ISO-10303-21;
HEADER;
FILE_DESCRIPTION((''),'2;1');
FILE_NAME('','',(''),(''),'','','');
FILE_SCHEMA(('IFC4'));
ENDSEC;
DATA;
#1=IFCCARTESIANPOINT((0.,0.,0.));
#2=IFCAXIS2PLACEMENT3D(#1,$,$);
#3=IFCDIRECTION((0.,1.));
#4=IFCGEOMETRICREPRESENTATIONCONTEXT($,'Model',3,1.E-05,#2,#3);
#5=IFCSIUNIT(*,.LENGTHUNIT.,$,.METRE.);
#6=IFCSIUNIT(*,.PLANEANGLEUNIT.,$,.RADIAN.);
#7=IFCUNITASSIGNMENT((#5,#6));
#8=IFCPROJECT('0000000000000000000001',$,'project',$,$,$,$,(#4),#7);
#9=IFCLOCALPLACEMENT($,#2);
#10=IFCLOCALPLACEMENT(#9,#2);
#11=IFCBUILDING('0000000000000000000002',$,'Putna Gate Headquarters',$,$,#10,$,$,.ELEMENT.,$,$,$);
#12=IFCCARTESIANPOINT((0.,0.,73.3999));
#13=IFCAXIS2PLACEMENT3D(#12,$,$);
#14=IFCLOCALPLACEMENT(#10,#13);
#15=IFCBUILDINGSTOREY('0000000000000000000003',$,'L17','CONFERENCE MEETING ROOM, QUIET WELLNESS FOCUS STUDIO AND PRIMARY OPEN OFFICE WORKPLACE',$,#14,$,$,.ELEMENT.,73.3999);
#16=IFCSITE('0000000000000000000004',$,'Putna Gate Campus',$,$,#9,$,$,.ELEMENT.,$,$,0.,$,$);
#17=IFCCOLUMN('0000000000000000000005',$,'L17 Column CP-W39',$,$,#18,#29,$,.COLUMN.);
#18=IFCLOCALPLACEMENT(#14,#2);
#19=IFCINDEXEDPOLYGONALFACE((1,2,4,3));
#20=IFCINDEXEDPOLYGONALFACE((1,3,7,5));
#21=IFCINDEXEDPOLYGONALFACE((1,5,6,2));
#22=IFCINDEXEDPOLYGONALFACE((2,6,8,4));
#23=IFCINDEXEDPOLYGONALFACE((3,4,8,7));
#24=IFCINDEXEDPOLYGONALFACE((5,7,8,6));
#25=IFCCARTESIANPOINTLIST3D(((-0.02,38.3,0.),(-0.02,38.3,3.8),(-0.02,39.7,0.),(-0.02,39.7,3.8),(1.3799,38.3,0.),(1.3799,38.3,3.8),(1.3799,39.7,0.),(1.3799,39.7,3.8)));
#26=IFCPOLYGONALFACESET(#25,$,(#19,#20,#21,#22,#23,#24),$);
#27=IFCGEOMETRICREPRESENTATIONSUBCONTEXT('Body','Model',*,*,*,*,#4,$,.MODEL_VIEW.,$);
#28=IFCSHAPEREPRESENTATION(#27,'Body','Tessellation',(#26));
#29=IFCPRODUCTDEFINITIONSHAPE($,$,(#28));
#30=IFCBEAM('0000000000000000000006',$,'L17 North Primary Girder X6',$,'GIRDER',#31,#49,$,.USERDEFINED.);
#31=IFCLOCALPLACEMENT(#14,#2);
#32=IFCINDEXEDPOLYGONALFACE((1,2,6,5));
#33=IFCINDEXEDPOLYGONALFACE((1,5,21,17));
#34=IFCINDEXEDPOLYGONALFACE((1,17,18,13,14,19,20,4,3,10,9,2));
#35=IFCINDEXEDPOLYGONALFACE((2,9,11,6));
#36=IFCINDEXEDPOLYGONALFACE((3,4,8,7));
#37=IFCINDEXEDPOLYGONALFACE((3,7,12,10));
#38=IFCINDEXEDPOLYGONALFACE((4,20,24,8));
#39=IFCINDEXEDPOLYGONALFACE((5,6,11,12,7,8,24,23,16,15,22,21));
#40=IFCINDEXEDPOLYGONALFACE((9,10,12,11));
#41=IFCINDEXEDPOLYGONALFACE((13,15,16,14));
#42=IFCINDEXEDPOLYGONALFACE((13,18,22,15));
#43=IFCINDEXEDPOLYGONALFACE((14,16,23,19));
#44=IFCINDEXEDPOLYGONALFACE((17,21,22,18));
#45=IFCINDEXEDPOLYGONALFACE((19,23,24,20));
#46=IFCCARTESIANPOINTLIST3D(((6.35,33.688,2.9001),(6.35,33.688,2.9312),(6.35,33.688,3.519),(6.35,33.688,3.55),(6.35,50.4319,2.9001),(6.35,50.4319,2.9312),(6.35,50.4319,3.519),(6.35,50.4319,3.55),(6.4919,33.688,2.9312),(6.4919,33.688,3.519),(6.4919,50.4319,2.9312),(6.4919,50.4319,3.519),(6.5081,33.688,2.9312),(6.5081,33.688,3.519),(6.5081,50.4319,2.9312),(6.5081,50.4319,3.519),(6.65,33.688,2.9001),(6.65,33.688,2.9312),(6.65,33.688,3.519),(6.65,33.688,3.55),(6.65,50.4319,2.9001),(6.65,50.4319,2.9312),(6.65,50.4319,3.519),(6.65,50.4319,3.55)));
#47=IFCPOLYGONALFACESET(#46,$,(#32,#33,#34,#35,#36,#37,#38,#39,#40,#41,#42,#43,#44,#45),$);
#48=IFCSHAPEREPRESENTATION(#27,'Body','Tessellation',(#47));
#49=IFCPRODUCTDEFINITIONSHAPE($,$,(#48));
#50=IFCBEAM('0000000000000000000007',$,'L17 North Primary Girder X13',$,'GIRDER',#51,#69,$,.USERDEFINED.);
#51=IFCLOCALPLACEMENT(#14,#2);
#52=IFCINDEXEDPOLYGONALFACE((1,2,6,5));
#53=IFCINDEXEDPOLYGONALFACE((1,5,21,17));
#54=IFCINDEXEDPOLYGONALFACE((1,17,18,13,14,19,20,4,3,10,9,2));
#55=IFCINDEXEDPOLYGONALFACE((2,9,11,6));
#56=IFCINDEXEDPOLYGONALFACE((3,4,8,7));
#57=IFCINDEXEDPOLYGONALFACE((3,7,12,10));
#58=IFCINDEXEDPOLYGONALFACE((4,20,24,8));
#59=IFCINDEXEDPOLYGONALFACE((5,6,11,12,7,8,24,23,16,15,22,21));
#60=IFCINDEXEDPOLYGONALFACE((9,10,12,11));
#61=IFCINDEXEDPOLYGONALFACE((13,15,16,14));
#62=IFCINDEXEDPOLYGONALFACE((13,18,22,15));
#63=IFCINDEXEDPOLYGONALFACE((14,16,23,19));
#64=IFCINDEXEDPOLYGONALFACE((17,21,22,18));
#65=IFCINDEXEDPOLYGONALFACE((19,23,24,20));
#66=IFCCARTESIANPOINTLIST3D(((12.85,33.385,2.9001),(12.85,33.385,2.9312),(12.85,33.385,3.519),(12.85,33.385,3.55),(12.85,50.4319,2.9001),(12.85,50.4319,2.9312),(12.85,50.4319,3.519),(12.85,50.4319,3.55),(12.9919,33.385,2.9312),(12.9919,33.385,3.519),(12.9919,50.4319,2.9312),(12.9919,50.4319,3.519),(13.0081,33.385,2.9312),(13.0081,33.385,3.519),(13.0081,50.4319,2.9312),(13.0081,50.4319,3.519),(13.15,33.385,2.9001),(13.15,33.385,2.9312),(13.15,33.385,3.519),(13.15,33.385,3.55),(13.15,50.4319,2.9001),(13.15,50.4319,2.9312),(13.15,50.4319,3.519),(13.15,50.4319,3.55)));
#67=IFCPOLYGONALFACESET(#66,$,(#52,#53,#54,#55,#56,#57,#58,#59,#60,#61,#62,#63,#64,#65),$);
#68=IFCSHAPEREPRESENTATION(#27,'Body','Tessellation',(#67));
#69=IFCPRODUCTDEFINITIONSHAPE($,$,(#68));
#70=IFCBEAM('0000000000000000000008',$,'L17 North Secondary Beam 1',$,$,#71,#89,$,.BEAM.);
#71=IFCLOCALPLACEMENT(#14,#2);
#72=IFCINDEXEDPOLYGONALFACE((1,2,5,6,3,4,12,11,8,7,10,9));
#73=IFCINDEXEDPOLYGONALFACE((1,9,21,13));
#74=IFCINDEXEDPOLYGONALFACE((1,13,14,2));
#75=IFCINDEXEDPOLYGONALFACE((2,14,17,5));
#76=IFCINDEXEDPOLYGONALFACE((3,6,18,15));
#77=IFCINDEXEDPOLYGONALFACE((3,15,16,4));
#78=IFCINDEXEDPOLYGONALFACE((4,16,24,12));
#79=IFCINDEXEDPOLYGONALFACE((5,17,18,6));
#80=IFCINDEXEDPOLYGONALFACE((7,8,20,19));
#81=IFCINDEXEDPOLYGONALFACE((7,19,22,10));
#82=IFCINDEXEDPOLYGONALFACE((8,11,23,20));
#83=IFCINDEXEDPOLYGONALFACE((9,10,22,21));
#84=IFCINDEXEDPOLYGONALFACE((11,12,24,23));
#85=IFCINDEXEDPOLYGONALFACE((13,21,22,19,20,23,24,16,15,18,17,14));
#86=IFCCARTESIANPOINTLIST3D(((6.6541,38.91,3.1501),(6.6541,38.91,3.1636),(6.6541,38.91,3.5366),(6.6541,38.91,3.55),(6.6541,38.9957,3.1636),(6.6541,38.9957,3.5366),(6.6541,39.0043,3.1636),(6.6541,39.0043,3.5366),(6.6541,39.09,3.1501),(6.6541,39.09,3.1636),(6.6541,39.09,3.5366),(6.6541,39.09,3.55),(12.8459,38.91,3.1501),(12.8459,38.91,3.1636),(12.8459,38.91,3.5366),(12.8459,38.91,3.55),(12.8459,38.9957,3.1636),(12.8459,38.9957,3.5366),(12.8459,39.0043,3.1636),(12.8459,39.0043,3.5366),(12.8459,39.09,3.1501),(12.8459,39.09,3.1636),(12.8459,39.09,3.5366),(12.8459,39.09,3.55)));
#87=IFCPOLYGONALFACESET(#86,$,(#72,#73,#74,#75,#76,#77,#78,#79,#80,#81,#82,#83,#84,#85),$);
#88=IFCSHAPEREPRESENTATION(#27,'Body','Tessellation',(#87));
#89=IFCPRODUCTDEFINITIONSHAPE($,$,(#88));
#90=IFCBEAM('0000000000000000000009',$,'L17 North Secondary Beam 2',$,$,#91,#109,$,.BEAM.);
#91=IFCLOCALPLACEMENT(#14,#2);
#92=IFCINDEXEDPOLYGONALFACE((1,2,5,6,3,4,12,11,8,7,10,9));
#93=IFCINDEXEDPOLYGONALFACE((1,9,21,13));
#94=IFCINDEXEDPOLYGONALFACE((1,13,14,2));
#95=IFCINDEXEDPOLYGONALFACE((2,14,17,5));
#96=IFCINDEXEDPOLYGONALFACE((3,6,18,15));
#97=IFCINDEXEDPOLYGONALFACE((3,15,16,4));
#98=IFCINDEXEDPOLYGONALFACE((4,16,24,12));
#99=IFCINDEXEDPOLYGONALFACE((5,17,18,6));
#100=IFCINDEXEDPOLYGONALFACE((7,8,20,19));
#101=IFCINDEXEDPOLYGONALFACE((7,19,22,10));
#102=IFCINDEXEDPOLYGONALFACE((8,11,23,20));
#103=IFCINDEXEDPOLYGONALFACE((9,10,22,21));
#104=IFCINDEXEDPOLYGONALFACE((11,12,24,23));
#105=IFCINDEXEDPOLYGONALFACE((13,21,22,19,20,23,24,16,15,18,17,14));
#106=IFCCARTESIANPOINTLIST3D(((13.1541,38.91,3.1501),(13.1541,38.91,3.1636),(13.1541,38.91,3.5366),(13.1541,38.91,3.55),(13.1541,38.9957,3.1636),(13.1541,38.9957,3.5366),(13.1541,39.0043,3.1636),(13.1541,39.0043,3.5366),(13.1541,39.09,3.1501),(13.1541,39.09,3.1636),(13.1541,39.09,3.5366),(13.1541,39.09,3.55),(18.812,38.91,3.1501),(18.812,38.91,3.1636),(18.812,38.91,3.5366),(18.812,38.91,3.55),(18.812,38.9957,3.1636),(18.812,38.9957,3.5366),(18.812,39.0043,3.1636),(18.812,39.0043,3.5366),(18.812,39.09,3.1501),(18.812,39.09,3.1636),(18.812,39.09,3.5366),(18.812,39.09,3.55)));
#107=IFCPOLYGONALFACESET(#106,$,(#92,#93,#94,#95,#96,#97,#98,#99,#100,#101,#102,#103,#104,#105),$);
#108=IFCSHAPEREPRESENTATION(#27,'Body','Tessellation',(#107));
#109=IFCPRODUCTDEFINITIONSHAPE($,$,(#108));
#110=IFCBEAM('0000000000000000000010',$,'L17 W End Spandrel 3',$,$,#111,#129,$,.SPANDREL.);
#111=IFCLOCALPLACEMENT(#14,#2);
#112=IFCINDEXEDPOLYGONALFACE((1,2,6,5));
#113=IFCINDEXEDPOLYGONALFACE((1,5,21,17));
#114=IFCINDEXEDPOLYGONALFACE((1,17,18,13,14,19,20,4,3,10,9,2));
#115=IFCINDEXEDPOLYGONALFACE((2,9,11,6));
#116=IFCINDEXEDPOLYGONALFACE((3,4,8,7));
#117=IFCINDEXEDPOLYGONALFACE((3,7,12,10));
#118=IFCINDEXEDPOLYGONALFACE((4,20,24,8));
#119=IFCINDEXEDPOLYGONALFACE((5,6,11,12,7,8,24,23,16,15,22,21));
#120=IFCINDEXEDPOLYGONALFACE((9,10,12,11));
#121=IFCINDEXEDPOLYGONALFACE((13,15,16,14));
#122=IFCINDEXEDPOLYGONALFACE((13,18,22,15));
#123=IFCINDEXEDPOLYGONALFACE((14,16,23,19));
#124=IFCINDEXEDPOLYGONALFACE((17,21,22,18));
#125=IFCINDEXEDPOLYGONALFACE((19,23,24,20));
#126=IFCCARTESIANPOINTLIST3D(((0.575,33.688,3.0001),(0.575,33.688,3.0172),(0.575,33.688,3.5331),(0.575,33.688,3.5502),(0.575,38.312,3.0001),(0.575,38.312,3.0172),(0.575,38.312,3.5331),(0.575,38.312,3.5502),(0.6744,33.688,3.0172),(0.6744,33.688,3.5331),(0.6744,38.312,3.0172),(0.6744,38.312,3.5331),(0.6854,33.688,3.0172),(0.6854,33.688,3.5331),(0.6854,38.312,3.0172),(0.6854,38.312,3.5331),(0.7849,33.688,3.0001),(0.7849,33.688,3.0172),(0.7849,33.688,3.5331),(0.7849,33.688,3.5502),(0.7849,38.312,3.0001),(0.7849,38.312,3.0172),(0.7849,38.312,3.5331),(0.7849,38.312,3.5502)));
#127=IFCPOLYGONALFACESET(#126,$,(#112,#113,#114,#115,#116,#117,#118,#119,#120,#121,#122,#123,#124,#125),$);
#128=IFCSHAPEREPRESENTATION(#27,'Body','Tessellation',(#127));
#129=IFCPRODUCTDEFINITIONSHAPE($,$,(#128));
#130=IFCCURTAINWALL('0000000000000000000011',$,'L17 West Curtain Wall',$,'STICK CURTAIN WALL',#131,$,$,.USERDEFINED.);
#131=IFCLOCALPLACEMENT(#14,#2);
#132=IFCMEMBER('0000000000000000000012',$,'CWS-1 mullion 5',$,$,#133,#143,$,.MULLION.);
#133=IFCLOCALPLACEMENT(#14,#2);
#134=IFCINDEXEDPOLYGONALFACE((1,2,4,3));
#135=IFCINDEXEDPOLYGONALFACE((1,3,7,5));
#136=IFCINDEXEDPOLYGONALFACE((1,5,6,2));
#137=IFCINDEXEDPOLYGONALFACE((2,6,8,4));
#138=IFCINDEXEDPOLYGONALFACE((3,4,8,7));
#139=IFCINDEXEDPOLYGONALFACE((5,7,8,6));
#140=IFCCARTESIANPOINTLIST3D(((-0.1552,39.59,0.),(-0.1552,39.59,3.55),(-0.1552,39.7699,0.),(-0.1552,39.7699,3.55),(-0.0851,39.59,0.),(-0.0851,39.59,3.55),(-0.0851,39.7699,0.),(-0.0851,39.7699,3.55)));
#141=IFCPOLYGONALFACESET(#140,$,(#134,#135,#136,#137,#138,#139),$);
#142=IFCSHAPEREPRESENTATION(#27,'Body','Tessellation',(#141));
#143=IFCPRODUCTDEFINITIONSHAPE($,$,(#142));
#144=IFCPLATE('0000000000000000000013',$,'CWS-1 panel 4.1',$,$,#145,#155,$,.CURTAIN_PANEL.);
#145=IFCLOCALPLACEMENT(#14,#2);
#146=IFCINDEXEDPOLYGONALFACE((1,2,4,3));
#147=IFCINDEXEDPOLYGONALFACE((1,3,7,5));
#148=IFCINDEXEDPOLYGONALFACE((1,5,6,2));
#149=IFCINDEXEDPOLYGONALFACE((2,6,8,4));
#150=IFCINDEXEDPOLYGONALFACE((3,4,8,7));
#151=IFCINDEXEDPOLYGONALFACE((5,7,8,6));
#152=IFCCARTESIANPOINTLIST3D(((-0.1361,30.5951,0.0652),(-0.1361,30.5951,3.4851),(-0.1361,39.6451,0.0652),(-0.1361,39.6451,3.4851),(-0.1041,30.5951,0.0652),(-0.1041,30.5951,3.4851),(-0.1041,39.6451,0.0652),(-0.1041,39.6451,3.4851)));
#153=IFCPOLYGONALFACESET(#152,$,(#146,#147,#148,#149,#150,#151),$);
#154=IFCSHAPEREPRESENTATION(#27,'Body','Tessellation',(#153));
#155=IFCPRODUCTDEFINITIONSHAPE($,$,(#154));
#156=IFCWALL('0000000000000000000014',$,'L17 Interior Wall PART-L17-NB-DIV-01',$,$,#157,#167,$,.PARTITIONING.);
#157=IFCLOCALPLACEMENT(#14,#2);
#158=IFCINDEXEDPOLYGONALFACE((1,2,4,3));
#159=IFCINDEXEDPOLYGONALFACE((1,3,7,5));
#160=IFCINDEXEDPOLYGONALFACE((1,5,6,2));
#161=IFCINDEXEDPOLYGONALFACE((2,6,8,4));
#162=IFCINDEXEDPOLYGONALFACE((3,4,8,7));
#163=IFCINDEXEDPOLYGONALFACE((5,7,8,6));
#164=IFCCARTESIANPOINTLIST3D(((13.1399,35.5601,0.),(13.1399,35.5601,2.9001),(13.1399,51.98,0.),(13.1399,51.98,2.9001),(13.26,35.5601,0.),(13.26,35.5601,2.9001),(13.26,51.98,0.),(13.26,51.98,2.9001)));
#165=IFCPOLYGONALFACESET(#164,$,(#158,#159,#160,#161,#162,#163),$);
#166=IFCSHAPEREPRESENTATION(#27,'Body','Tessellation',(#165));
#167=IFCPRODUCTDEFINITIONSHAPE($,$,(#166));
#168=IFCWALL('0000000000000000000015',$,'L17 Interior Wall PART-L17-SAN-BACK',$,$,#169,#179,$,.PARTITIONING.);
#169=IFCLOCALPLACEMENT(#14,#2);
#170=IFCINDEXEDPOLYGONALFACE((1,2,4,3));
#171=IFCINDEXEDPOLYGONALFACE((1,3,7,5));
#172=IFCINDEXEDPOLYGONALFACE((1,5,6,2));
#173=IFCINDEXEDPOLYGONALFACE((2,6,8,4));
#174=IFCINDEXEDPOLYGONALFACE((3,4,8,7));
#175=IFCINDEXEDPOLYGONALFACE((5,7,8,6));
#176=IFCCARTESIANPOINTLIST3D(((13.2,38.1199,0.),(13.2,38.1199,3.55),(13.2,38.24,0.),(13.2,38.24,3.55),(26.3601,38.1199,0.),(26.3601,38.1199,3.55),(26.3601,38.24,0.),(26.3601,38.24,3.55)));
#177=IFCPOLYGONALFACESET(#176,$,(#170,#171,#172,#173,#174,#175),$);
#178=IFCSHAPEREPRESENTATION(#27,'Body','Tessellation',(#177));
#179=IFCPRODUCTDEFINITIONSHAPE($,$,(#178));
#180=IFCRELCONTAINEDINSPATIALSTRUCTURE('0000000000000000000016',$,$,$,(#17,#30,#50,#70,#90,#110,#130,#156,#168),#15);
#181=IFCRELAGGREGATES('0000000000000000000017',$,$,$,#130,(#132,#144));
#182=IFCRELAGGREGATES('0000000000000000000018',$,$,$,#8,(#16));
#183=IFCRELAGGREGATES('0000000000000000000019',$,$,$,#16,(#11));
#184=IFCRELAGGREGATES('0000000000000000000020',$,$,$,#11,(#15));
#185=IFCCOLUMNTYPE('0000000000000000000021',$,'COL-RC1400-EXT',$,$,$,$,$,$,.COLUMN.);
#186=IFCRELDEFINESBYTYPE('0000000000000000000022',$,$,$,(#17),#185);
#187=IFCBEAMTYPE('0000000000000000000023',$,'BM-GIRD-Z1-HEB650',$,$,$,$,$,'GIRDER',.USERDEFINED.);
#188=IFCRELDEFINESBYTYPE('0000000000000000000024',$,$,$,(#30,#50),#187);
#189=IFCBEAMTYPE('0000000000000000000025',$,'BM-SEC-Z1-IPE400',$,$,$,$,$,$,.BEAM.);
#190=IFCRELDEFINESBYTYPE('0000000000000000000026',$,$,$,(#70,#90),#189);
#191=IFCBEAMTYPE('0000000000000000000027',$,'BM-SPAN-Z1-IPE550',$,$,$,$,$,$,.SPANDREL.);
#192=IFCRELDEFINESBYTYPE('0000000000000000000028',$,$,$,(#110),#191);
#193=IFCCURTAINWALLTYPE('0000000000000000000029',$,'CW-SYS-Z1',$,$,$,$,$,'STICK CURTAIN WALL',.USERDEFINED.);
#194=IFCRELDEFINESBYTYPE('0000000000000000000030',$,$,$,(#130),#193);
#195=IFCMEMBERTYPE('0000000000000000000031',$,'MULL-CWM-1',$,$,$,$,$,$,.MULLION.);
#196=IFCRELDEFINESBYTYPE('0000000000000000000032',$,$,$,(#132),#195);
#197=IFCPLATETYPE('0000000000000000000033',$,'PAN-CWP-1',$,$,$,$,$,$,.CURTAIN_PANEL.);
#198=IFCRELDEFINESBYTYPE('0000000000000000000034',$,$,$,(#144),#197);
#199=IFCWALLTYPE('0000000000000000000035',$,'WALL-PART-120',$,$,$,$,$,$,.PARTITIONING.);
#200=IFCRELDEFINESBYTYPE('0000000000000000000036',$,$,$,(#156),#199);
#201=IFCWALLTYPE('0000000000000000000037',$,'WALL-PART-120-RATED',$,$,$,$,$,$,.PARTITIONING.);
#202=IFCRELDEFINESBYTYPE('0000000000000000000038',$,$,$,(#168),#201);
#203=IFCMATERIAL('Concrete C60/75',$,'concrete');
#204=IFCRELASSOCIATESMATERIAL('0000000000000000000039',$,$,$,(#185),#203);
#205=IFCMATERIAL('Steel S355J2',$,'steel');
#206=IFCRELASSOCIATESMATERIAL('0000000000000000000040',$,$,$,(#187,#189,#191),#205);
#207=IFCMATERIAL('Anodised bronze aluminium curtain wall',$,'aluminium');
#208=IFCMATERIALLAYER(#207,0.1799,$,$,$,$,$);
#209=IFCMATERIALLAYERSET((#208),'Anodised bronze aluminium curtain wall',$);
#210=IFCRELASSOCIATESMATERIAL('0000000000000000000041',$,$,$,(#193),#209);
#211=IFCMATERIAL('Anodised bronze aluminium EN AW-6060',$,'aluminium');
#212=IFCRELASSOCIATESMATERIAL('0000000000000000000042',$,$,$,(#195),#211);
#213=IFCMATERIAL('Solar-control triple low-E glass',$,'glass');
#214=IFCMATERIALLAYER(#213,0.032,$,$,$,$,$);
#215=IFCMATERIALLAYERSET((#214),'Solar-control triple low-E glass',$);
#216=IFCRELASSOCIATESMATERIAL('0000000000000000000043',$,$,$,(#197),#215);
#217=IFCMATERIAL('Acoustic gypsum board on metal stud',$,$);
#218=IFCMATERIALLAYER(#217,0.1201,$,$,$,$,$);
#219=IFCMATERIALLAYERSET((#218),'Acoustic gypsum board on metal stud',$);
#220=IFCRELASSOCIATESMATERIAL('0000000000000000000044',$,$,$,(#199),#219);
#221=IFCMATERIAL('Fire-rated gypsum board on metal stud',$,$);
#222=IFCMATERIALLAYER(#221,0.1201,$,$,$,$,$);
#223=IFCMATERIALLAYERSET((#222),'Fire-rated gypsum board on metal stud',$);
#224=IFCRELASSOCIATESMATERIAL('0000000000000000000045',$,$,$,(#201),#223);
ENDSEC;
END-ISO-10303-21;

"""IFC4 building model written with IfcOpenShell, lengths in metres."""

from ifc_helpers import new_model, si_unit, direction, frame, frame_2d, origin, origin_2d, place, context, subcontext, project, spatial, rectangle, i_section, extrude, material, layer, layer_set, material_profile, profile_set, type_object, element, aggregate, save


model = new_model("IFC4")

# Units and contexts
model_context = context("Model", 3, precision=1e-05, world=origin(), true_north=direction((0.0, 1.0)))
body_context = subcontext(model_context, "Body", "Model", "MODEL_VIEW")
ifc_project = project(units=[si_unit("LENGTHUNIT", "METRE"), si_unit("PLANEANGLEUNIT", "RADIAN")], contexts=[model_context])

# Site, building, storey
site_placement = place(None, origin())
site = spatial("IfcSite", under=ifc_project, at=site_placement, Name="Putna Gate Campus", CompositionType="ELEMENT", RefElevation=0.0)
building_placement = place(site_placement, origin())
building = spatial("IfcBuilding", under=site, at=building_placement, Name="Putna Gate Headquarters", CompositionType="ELEMENT")
storey_placement = place(building_placement, frame((0.0, 0.0, 73.3999)))
storey = spatial("IfcBuildingStorey", under=building, at=storey_placement, Name="L17", Description="CONFERENCE MEETING ROOM, QUIET WELLNESS FOCUS STUDIO AND PRIMARY OPEN OFFICE WORKPLACE", CompositionType="ELEMENT", Elevation=73.3999)

# Column
ifc_material_1 = material(Name="Concrete C60/75", Category="concrete")
ifc_material_profile_1 = material_profile(ifc_material_1, rectangle(XDim=1.3999, YDim=1.3999, at=origin_2d()), Name="Concrete C60/75")
ifc_profile_set_1 = profile_set([ifc_material_profile_1], Name="Concrete C60/75")
column_type = type_object("IfcColumnType", Name="COL-RC1400-EXT", PredefinedType="COLUMN", material=ifc_profile_set_1)
column_placement = place(storey_placement, frame((0.6799, 39.0, 0.0), z_axis=(0.0, 0.0, 1.0), x_axis=(1.0, 0.0, 0.0)))
element("IfcColumn", 1, at=column_placement, inside=storey, type_object=column_type, Name="L17 Column CP-W39", PredefinedType="COLUMN", context=body_context, shape_type="SweptSolid", body=[
    extrude(rectangle(XDim=1.3999, YDim=1.3999, at=origin_2d()), origin(), (0.0, 0.0, 1.0), 3.8),
])

# Beams
ifc_material_2 = material(Name="Steel S355J2", Category="steel")
ifc_material_profile_2 = material_profile(ifc_material_2, i_section(OverallWidth=0.3, OverallDepth=0.6499, WebThickness=0.0161, FlangeThickness=0.031, at=origin_2d()), Name="Steel S355J2")
ifc_profile_set_2 = profile_set([ifc_material_profile_2], Name="Steel S355J2")
beam_type_1 = type_object("IfcBeamType", Name="BM-GIRD-Z1-HEB650", ElementType="GIRDER", PredefinedType="USERDEFINED", material=ifc_profile_set_2)
beam_1_placement = place(storey_placement, frame((6.5, 33.688, 3.2251), z_axis=(0.0, 1.0, 0.0), x_axis=(-1.0, 0.0, 0.0)))
element("IfcBeam", 2, at=beam_1_placement, inside=storey, type_object=beam_type_1, Name="L17 North Primary Girder X6", ObjectType="GIRDER", PredefinedType="USERDEFINED", context=body_context, shape_type="SweptSolid", body=[
    extrude(i_section(OverallWidth=0.3, OverallDepth=0.6499, WebThickness=0.0161, FlangeThickness=0.031, at=origin_2d()), origin(), (0.0, 0.0, 1.0), 16.7439),
])
beam_2_placement = place(storey_placement, frame((13.0, 33.385, 3.2251), z_axis=(0.0, 1.0, 0.0), x_axis=(-1.0, 0.0, 0.0)))
element("IfcBeam", 3, at=beam_2_placement, inside=storey, type_object=beam_type_1, Name="L17 North Primary Girder X13", ObjectType="GIRDER", PredefinedType="USERDEFINED", context=body_context, shape_type="SweptSolid", body=[
    extrude(i_section(OverallWidth=0.3, OverallDepth=0.6499, WebThickness=0.0161, FlangeThickness=0.031, at=origin_2d()), origin(), (0.0, 0.0, 1.0), 17.0469),
])
ifc_material_profile_3 = material_profile(ifc_material_2, i_section(OverallWidth=0.1799, OverallDepth=0.3999, WebThickness=0.0085, FlangeThickness=0.0134, at=origin_2d()), Name="Steel S355J2")
ifc_profile_set_3 = profile_set([ifc_material_profile_3], Name="Steel S355J2")
beam_type_2 = type_object("IfcBeamType", Name="BM-SEC-Z1-IPE400", PredefinedType="BEAM", material=ifc_profile_set_3)
beam_3_placement = place(storey_placement, frame((6.6541, 39.0, 3.3501), z_axis=(1.0, 0.0, 0.0), x_axis=(0.0, 1.0, 0.0)))
element("IfcBeam", 4, at=beam_3_placement, inside=storey, type_object=beam_type_2, Name="L17 North Secondary Beam 1", PredefinedType="BEAM", context=body_context, shape_type="SweptSolid", body=[
    extrude(i_section(OverallWidth=0.1799, OverallDepth=0.3999, WebThickness=0.0085, FlangeThickness=0.0134, at=origin_2d()), origin(), (0.0, 0.0, 1.0), 6.1919),
])
beam_4_placement = place(storey_placement, frame((13.1541, 39.0, 3.3501), z_axis=(1.0, 0.0, 0.0), x_axis=(0.0, 1.0, 0.0)))
element("IfcBeam", 5, at=beam_4_placement, inside=storey, type_object=beam_type_2, Name="L17 North Secondary Beam 2", PredefinedType="BEAM", context=body_context, shape_type="SweptSolid", body=[
    extrude(i_section(OverallWidth=0.1799, OverallDepth=0.3999, WebThickness=0.0085, FlangeThickness=0.0134, at=origin_2d()), origin(), (0.0, 0.0, 1.0), 5.658),
])
ifc_material_profile_4 = material_profile(ifc_material_2, i_section(OverallWidth=0.21, OverallDepth=0.55, WebThickness=0.011, FlangeThickness=0.0171, at=origin_2d()), Name="Steel S355J2")
ifc_profile_set_4 = profile_set([ifc_material_profile_4], Name="Steel S355J2")
beam_type_3 = type_object("IfcBeamType", Name="BM-SPAN-Z1-IPE550", PredefinedType="SPANDREL", material=ifc_profile_set_4)
beam_5_placement = place(storey_placement, frame((0.6799, 33.688, 3.2751), z_axis=(0.0, 1.0, 0.0), x_axis=(-1.0, 0.0, 0.0)))
element("IfcBeam", 6, at=beam_5_placement, inside=storey, type_object=beam_type_3, Name="L17 W End Spandrel 3", PredefinedType="SPANDREL", context=body_context, shape_type="SweptSolid", body=[
    extrude(i_section(OverallWidth=0.21, OverallDepth=0.55, WebThickness=0.011, FlangeThickness=0.0171, at=origin_2d()), origin(), (0.0, 0.0, 1.0), 4.624),
])

# Curtain wall, member, plate
ifc_material_3 = material(Name="Anodised bronze aluminium curtain wall", Category="aluminium")
ifc_layer_1 = layer(ifc_material_3, 0.1799)
ifc_layer_set_1 = layer_set([ifc_layer_1], Name="Anodised bronze aluminium curtain wall")
curtain_wall_type = type_object("IfcCurtainWallType", Name="CW-SYS-Z1", ElementType="STICK CURTAIN WALL", PredefinedType="USERDEFINED", material=ifc_layer_set_1)
curtain_wall_placement = place(storey_placement, origin())
curtain_wall = element("IfcCurtainWall", 7, at=curtain_wall_placement, inside=storey, type_object=curtain_wall_type, Name="L17 West Curtain Wall", ObjectType="STICK CURTAIN WALL", PredefinedType="USERDEFINED")
ifc_material_4 = material(Name="Anodised bronze aluminium EN AW-6060", Category="aluminium")
ifc_material_profile_5 = material_profile(ifc_material_4, rectangle(XDim=0.0701, YDim=0.1799, at=origin_2d()), Name="Anodised bronze aluminium EN AW-6060")
ifc_profile_set_5 = profile_set([ifc_material_profile_5], Name="Anodised bronze aluminium EN AW-6060")
member_type = type_object("IfcMemberType", Name="MULL-CWM-1", PredefinedType="MULLION", material=ifc_profile_set_5)
member_placement = place(storey_placement, frame((-0.1201, 39.6799, 0.0), z_axis=(0.0, 0.0, 1.0), x_axis=(-1.0, 0.0, 0.0)))
member = element("IfcMember", 8, at=member_placement, type_object=member_type, Name="CWS-1 mullion 5", PredefinedType="MULLION", context=body_context, shape_type="SweptSolid", body=[
    extrude(rectangle(XDim=0.0701, YDim=0.1799, at=origin_2d()), origin(), (0.0, 0.0, 1.0), 3.55),
])
ifc_material_5 = material(Name="Solar-control triple low-E glass", Category="glass")
ifc_layer_2 = layer(ifc_material_5, 0.032)
ifc_layer_set_2 = layer_set([ifc_layer_2], Name="Solar-control triple low-E glass")
plate_type = type_object("IfcPlateType", Name="PAN-CWP-1", PredefinedType="CURTAIN_PANEL", material=ifc_layer_set_2)
plate_placement = place(storey_placement, frame((-0.1201, 35.1201, 0.0652), z_axis=(0.0, 0.0, 1.0), x_axis=(0.0, 1.0, 0.0)))
plate = element("IfcPlate", 9, at=plate_placement, type_object=plate_type, Name="CWS-1 panel 4.1", PredefinedType="CURTAIN_PANEL", context=body_context, shape_type="SweptSolid", body=[
    extrude(rectangle(XDim=9.05, YDim=0.032, at=origin_2d()), origin(), (0.0, 0.0, 1.0), 3.4199),
])
aggregate(curtain_wall, [member, plate])

# Wall
ifc_material_6 = material(Name="Acoustic gypsum board on metal stud")
ifc_layer_3 = layer(ifc_material_6, 0.1201)
ifc_layer_set_3 = layer_set([ifc_layer_3], Name="Acoustic gypsum board on metal stud")
wall_type_1 = type_object("IfcWallType", Name="WALL-PART-120", PredefinedType="PARTITIONING", material=ifc_layer_set_3)
wall_1_placement = place(storey_placement, frame((13.2, 35.5601, 0.0), z_axis=(0.0, 0.0, 1.0), x_axis=(0.0, 1.0, 0.0)))
element("IfcWall", 10, at=wall_1_placement, inside=storey, type_object=wall_type_1, Name="L17 Interior Wall PART-L17-NB-DIV-01", PredefinedType="PARTITIONING", context=body_context, shape_type="SweptSolid", body=[
    extrude(rectangle(XDim=16.4199, YDim=0.1201, at=frame_2d((8.21, 0.0))), origin(), (0.0, 0.0, 1.0), 2.9001),
])

# Shared definitions
ifc_material_7 = material(Name="Fire-rated gypsum board on metal stud")
ifc_layer_4 = layer(ifc_material_7, 0.1201)
ifc_layer_set_4 = layer_set([ifc_layer_4], Name="Fire-rated gypsum board on metal stud")
wall_type_2 = type_object("IfcWallType", Name="WALL-PART-120-RATED", PredefinedType="PARTITIONING", material=ifc_layer_set_4)

# Wall
wall_2_placement = place(storey_placement, frame((13.2, 38.1799, 0.0), z_axis=(0.0, 0.0, 1.0), x_axis=(1.0, 0.0, 0.0)))
element("IfcWall", 11, at=wall_2_placement, inside=storey, type_object=wall_type_2, Name="L17 Interior Wall PART-L17-SAN-BACK", PredefinedType="PARTITIONING", context=body_context, shape_type="SweptSolid", body=[
    extrude(rectangle(XDim=13.1602, YDim=0.1201, at=frame_2d((6.5801, 0.0))), origin(), (0.0, 0.0, 1.0), 3.55),
])

save(model, "model.ifc")
